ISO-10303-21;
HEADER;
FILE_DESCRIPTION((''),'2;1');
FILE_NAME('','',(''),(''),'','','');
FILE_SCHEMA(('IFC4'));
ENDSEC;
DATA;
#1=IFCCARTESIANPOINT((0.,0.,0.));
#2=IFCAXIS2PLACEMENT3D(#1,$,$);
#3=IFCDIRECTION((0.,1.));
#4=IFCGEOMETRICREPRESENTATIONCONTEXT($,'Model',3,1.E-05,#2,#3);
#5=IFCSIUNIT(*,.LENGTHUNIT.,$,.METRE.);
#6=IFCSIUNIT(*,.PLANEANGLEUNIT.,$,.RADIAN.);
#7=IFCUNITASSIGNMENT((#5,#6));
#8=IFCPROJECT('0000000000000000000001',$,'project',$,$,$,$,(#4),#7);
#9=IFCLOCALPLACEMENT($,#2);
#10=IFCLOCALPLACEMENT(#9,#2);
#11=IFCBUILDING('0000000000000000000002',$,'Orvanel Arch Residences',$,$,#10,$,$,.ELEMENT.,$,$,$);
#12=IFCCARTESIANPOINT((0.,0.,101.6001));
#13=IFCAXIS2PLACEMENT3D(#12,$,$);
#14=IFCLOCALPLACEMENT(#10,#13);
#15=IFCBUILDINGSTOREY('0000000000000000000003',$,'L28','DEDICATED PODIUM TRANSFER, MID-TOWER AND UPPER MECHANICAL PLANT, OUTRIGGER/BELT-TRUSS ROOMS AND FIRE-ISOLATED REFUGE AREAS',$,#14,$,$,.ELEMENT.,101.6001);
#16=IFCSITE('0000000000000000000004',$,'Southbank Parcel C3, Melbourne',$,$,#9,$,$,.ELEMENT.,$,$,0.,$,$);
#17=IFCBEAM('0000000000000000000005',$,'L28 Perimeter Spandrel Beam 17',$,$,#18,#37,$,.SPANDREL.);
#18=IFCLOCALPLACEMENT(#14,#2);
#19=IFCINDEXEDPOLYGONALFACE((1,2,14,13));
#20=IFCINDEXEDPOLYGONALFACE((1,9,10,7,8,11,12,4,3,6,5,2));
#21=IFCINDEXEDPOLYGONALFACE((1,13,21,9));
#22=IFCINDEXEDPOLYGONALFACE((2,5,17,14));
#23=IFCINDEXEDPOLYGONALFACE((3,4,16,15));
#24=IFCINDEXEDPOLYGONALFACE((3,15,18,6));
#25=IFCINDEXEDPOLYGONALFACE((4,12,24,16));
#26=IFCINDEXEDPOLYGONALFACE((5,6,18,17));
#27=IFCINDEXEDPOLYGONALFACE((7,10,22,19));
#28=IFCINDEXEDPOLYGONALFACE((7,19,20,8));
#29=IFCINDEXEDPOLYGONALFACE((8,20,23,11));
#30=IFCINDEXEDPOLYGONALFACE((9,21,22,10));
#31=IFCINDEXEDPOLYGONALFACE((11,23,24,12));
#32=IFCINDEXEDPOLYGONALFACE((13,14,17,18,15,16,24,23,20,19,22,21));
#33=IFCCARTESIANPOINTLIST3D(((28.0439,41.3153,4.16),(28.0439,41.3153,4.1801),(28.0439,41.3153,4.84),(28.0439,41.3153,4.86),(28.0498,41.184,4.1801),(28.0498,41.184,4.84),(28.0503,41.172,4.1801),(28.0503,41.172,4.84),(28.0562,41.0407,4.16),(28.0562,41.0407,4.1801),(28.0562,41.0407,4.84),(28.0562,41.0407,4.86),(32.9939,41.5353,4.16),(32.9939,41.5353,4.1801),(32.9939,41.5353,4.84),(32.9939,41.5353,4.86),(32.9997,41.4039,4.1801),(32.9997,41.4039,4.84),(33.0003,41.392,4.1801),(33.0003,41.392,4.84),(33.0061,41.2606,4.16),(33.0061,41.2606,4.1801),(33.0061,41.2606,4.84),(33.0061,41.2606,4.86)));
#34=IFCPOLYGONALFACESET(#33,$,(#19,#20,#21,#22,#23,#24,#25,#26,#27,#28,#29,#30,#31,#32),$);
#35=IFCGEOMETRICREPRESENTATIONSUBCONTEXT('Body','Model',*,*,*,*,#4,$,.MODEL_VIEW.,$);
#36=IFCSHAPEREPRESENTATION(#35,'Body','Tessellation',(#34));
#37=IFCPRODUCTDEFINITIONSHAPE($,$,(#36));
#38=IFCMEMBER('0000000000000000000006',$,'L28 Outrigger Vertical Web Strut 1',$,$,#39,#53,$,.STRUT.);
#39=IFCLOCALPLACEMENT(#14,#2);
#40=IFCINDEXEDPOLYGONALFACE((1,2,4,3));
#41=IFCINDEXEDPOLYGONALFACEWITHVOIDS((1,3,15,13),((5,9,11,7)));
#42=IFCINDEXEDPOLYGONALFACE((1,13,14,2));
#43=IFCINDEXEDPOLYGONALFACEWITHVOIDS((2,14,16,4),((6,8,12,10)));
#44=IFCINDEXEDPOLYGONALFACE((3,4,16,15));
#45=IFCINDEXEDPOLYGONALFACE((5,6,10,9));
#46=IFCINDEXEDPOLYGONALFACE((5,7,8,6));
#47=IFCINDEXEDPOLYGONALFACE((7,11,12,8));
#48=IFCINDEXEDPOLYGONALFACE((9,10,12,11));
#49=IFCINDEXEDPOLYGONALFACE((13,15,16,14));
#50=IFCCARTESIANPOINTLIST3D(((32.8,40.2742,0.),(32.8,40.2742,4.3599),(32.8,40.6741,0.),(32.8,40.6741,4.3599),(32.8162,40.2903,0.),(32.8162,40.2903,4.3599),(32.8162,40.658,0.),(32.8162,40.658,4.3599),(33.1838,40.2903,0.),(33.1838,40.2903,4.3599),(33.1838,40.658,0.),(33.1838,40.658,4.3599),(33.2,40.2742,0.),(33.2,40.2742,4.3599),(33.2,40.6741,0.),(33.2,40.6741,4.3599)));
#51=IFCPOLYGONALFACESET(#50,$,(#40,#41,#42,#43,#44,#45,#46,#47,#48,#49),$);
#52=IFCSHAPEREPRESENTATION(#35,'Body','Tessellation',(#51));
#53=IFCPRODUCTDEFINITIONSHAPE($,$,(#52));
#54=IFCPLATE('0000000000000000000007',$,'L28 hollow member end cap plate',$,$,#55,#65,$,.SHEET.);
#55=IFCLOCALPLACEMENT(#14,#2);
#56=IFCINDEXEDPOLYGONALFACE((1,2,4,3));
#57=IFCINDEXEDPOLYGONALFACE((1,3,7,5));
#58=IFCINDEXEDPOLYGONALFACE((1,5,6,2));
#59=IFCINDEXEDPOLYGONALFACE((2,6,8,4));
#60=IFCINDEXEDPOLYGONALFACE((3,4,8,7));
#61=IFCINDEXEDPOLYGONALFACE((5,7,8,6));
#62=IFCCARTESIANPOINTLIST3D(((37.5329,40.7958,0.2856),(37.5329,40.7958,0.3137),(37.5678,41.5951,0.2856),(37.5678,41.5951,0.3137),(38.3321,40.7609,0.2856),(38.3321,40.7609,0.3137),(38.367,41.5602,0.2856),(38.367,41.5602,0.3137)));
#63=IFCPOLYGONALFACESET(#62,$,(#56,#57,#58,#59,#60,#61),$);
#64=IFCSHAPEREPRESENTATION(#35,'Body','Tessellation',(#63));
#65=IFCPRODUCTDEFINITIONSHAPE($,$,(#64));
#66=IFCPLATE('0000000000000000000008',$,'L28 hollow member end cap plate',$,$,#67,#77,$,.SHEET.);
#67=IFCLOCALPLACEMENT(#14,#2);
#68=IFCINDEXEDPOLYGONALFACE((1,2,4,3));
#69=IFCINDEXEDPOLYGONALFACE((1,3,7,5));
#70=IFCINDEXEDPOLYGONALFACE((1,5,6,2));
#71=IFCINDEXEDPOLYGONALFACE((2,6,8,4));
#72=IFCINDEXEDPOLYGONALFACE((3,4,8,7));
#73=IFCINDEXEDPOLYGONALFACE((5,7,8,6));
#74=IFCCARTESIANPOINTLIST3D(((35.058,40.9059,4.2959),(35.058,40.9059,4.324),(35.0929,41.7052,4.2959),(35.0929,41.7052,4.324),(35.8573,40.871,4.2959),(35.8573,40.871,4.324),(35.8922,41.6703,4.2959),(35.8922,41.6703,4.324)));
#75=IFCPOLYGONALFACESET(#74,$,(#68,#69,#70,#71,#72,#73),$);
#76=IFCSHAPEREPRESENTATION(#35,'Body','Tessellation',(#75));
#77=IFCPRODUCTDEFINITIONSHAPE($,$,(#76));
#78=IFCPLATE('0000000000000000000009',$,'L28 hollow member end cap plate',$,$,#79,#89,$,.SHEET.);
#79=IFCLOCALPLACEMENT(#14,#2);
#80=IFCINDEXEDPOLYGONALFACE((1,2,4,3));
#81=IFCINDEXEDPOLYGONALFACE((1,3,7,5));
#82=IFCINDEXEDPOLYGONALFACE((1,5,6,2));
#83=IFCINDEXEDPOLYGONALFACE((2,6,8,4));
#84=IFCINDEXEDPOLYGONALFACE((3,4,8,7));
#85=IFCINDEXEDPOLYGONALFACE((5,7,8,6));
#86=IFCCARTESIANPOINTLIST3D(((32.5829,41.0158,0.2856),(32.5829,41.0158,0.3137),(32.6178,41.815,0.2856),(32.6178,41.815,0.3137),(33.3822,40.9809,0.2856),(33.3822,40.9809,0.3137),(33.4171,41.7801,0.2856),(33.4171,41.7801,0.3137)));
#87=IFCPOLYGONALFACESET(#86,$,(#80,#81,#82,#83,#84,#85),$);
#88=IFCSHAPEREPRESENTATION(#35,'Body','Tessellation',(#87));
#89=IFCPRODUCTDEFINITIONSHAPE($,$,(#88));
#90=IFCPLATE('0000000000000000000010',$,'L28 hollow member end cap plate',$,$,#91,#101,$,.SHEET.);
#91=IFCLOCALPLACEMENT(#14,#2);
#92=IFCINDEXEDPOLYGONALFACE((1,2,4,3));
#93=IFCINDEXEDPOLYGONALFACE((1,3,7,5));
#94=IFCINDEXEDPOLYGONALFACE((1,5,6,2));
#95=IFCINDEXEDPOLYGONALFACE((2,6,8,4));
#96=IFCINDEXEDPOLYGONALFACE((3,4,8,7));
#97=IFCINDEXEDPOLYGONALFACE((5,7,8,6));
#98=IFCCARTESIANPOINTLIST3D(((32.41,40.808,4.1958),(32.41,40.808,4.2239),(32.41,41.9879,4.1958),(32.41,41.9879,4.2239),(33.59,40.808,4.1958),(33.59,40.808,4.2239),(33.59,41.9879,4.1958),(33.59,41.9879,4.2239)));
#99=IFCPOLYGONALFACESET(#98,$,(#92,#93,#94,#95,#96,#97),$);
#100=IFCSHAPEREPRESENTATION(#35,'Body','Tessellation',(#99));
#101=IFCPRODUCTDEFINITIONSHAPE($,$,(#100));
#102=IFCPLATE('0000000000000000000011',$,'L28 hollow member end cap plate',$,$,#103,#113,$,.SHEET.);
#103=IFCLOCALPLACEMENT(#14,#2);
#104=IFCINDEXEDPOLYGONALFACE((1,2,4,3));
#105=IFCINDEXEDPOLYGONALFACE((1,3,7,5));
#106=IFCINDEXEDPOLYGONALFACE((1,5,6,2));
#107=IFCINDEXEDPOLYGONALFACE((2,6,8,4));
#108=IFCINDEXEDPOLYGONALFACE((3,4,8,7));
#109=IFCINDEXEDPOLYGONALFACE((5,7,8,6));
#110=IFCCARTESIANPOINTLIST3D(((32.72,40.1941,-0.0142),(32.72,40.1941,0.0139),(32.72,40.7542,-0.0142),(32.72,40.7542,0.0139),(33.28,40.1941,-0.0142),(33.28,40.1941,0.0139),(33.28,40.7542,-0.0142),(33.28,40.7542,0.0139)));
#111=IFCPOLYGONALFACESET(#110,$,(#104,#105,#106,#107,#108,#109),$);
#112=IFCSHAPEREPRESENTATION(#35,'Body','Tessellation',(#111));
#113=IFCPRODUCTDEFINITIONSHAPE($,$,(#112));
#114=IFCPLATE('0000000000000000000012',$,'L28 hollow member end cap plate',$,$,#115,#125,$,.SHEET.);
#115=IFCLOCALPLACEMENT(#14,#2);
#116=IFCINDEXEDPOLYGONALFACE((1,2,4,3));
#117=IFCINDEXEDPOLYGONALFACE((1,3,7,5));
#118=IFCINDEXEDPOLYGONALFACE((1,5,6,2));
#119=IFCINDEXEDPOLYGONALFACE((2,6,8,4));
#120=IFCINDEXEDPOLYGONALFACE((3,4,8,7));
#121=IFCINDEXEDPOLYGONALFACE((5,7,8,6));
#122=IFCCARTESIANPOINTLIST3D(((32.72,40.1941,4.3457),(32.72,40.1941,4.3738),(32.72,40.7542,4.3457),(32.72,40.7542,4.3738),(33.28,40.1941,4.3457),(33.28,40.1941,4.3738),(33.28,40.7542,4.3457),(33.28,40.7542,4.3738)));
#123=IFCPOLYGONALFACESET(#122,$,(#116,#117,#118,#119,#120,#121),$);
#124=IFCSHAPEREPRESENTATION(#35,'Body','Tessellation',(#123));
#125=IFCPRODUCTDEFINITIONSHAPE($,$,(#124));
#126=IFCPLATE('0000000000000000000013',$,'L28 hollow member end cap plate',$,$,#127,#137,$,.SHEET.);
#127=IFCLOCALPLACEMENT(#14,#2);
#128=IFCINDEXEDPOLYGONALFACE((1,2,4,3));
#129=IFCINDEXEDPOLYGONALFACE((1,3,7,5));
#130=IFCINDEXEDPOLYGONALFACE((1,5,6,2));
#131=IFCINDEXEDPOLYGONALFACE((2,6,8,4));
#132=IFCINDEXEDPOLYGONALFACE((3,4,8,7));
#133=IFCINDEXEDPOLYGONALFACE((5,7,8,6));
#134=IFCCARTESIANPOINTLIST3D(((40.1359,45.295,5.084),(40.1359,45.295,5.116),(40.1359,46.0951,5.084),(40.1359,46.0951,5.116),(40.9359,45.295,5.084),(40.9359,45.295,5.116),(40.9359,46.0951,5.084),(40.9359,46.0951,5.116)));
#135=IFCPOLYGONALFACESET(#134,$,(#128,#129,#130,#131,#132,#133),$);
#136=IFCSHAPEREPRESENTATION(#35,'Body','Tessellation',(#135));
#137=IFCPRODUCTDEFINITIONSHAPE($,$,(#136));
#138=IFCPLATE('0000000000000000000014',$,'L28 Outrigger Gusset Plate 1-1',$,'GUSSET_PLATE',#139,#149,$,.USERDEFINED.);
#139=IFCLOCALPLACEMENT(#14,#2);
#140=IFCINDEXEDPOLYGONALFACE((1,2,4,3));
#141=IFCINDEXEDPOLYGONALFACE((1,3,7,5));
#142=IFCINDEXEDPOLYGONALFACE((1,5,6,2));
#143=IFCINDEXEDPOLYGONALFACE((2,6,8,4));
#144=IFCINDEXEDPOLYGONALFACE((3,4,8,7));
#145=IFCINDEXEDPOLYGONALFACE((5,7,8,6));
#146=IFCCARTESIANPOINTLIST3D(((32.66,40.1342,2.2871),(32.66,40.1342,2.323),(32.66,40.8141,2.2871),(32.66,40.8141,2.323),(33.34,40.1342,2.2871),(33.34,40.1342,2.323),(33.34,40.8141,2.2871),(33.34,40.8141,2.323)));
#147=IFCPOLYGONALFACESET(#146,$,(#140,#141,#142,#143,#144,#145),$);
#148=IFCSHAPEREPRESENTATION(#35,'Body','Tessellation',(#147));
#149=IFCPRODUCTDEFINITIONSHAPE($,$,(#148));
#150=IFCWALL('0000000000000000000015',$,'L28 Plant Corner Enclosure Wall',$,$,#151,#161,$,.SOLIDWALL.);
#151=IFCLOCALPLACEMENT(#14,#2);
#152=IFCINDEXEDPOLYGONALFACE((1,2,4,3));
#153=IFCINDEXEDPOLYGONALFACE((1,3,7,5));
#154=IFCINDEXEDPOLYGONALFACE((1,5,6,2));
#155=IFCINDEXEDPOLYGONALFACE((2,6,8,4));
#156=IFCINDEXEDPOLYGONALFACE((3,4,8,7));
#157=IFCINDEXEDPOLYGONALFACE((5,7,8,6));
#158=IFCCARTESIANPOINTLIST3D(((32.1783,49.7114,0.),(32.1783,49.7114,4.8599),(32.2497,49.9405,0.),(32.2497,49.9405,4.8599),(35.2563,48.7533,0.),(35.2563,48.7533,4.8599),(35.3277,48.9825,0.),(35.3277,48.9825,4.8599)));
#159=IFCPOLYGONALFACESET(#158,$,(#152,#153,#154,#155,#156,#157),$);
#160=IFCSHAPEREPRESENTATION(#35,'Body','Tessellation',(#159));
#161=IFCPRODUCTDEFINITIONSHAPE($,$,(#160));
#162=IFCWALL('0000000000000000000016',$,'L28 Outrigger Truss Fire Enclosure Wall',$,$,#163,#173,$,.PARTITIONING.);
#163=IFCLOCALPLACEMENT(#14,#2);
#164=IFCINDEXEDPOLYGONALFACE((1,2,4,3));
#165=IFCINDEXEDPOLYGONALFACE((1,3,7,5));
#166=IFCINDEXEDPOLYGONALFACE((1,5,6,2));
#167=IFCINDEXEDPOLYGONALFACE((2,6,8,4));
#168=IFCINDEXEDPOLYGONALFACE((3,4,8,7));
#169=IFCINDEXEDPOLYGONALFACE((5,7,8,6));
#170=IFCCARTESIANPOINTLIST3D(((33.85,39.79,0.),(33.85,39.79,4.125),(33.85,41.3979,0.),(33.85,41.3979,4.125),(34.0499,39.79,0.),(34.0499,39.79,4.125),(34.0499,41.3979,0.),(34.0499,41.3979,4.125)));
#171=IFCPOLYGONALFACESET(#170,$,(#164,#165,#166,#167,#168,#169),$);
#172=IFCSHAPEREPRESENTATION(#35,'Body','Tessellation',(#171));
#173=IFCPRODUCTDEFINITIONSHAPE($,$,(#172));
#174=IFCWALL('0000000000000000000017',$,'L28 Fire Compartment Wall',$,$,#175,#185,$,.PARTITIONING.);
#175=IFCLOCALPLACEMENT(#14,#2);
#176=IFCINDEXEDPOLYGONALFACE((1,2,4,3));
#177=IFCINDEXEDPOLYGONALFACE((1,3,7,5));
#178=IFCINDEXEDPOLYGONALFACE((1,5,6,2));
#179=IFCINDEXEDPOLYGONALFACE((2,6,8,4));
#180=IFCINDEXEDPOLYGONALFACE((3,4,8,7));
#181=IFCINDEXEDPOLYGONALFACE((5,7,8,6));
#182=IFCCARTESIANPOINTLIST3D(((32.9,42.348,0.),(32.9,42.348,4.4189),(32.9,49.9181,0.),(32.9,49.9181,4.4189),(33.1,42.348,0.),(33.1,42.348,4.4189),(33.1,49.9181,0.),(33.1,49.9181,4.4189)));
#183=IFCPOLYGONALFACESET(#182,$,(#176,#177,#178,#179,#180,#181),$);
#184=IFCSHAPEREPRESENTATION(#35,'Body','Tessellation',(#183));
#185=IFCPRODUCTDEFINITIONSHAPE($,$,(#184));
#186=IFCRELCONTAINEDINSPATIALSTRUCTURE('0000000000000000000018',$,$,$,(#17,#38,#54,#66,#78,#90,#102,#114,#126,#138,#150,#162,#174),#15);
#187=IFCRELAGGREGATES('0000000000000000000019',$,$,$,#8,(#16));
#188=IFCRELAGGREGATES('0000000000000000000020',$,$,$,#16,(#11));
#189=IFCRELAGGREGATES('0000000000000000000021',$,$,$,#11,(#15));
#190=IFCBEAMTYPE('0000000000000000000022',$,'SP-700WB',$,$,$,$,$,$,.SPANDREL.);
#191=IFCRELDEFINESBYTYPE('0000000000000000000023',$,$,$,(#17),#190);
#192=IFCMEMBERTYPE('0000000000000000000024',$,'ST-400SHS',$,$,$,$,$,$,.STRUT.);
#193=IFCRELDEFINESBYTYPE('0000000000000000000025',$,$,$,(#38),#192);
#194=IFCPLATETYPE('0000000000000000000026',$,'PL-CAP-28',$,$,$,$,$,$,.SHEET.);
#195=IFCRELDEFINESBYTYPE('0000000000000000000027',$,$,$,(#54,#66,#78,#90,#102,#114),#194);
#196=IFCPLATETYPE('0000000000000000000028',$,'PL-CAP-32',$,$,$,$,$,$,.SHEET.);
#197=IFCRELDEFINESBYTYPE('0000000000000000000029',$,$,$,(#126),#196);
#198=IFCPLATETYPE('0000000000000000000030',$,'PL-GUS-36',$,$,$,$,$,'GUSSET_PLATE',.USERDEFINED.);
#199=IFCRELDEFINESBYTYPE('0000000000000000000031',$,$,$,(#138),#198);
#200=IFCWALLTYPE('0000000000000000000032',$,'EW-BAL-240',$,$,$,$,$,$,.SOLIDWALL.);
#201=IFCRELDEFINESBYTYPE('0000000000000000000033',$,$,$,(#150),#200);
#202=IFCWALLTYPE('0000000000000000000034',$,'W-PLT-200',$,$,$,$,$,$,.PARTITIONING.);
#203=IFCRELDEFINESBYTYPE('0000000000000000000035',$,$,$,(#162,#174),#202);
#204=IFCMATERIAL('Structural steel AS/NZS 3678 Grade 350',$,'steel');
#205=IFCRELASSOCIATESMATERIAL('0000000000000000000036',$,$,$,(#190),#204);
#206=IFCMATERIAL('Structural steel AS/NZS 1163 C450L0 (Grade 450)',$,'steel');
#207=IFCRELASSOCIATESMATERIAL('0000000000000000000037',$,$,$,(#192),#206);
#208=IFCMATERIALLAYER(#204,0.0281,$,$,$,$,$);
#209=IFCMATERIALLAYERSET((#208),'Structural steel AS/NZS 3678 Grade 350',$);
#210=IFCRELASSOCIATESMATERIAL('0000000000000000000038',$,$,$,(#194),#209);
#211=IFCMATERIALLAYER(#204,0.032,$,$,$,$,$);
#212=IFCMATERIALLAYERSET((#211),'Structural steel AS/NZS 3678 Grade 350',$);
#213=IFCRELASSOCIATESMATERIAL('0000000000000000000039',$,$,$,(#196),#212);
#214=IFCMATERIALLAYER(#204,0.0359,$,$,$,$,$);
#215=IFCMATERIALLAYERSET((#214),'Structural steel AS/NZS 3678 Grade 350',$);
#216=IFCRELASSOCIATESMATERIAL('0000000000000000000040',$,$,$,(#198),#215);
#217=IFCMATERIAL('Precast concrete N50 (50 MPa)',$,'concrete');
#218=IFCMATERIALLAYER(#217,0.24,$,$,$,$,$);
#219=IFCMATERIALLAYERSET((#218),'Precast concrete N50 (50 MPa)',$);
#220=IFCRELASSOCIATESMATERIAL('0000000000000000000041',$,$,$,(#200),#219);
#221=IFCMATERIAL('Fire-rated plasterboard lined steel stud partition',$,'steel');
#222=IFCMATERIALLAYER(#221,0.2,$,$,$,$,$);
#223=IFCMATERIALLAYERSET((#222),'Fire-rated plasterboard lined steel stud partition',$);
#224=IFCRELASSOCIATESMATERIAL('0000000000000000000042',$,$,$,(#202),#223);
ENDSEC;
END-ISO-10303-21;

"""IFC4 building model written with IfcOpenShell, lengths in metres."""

from ifc_helpers import new_model, si_unit, direction, frame, frame_2d, origin, origin_2d, place, context, subcontext, project, spatial, rectangle, hollow_rectangle, i_section, extrude, material, layer, layer_set, material_profile, profile_set, type_object, element, save


model = new_model("IFC4")

# Units and contexts
model_context = context("Model", 3, precision=1e-05, world=origin(), true_north=direction((0.0, 1.0)))
body_context = subcontext(model_context, "Body", "Model", "MODEL_VIEW")
ifc_project = project(units=[si_unit("LENGTHUNIT", "METRE"), si_unit("PLANEANGLEUNIT", "RADIAN")], contexts=[model_context])

# Site, building, storey
site_placement = place(None, origin())
site = spatial("IfcSite", under=ifc_project, at=site_placement, Name="Southbank Parcel C3, Melbourne", CompositionType="ELEMENT", RefElevation=0.0)
building_placement = place(site_placement, origin())
building = spatial("IfcBuilding", under=site, at=building_placement, Name="Orvanel Arch Residences", CompositionType="ELEMENT")
storey_placement = place(building_placement, frame((0.0, 0.0, 101.6001)))
storey = spatial("IfcBuildingStorey", under=building, at=storey_placement, Name="L28", Description="DEDICATED PODIUM TRANSFER, MID-TOWER AND UPPER MECHANICAL PLANT, OUTRIGGER/BELT-TRUSS ROOMS AND FIRE-ISOLATED REFUGE AREAS", CompositionType="ELEMENT", Elevation=101.6001)

# Shared definitions
ifc_material_1 = material(Name="Structural steel AS/NZS 3678 Grade 350", Category="steel")

# Beam
ifc_material_profile_1 = material_profile(ifc_material_1, i_section(OverallWidth=0.2749, OverallDepth=0.7, WebThickness=0.012, FlangeThickness=0.02, at=origin_2d()), Name="700WB150")
ifc_profile_set_1 = profile_set([ifc_material_profile_1], Name="Structural steel AS/NZS 3678 Grade 350")
beam_type_1 = type_object("IfcBeamType", Name="SP-700WB", PredefinedType="SPANDREL", material=ifc_profile_set_1)
for number, where, z_axis, x_axis, name in (
    (1, (33.0, 41.3979, 4.51), (-0.999014, -0.044395, 0.0), (0.044395, -0.999014, 0.0), "L28 Perimeter Spandrel Beam 17"),
):
    element("IfcBeam", number, at=place(storey_placement, frame(where, z_axis=z_axis, x_axis=x_axis)), inside=storey, type_object=beam_type_1, Name=name, PredefinedType="SPANDREL", context=body_context, shape_type="SweptSolid", body=[
        extrude(i_section(OverallWidth=0.2749, OverallDepth=0.7, WebThickness=0.012, FlangeThickness=0.02, at=origin_2d()), origin(), (0.0, 0.0, 1.0), 4.9548),
    ])

# Member
ifc_material_2 = material(Name="Structural steel AS/NZS 1163 C450L0 (Grade 450)", Category="steel")
ifc_material_profile_2 = material_profile(ifc_material_2, hollow_rectangle(XDim=0.3999, YDim=0.3999, WallThickness=0.0161, at=origin_2d()), Name="SHS400x400x16")
ifc_profile_set_2 = profile_set([ifc_material_profile_2], Name="Structural steel AS/NZS 1163 C450L0 (Grade 450)")
member_type_1 = type_object("IfcMemberType", Name="ST-400SHS", PredefinedType="STRUT", material=ifc_profile_set_2)
member_1_placement = place(storey_placement, frame((33.0, 40.4741, 0.0), z_axis=(0.0, 0.0, 1.0), x_axis=(1.0, 0.0, 0.0)))
element("IfcMember", 2, at=member_1_placement, inside=storey, type_object=member_type_1, Name="L28 Outrigger Vertical Web Strut 1", PredefinedType="STRUT", context=body_context, shape_type="SweptSolid", body=[
    extrude(hollow_rectangle(XDim=0.3999, YDim=0.3999, WallThickness=0.0161, at=origin_2d()), origin(), (0.0, 0.0, 1.0), 4.3599),
])

# Plates
ifc_layer_1 = layer(ifc_material_1, 0.0281)
ifc_layer_set_1 = layer_set([ifc_layer_1], Name="Structural steel AS/NZS 3678 Grade 350")
plate_type_1 = type_object("IfcPlateType", Name="PL-CAP-28", PredefinedType="SHEET", material=ifc_layer_set_1)
for number, where, z_axis, x_axis, name in (
    (3, (37.95, 41.178, 0.2856), (0.0, 0.0, 1.0), (-0.999048, 0.043619, 0.0), "L28 hollow member end cap plate"),
    (4, (35.4751, 41.2881, 4.2959), (0.0, 0.0, 1.0), (-0.999048, 0.043619, 0.0), "L28 hollow member end cap plate"),
    (5, (33.0, 41.3979, 0.2856), (0.0, 0.0, 1.0), (-0.999048, 0.043619, 0.0), "L28 hollow member end cap plate"),
):
    element("IfcPlate", number, at=place(storey_placement, frame(where, z_axis=z_axis, x_axis=x_axis)), inside=storey, type_object=plate_type_1, Name=name, PredefinedType="SHEET", context=body_context, shape_type="SweptSolid", body=[
        extrude(rectangle(XDim=0.8, YDim=0.8, at=origin_2d()), origin(), (0.0, 0.0, 1.0), 0.0281),
    ])
plate_1_placement = place(storey_placement, frame((33.0, 41.3979, 4.1958), z_axis=(0.0, 0.0, 1.0), x_axis=(0.0, 1.0, 0.0)))
element("IfcPlate", 6, at=plate_1_placement, inside=storey, type_object=plate_type_1, Name="L28 hollow member end cap plate", PredefinedType="SHEET", context=body_context, shape_type="SweptSolid", body=[
    extrude(rectangle(XDim=1.1799, YDim=1.1799, at=origin_2d()), origin(), (0.0, 0.0, 1.0), 0.0281),
])
for number, where, z_axis, x_axis, name in (
    (7, (33.0, 40.4741, -0.0142), (0.0, 0.0, 1.0), (1.0, 0.0, 0.0), "L28 hollow member end cap plate"),
    (8, (33.0, 40.4741, 4.3457), (0.0, 0.0, 1.0), (1.0, 0.0, 0.0), "L28 hollow member end cap plate"),
):
    element("IfcPlate", number, at=place(storey_placement, frame(where, z_axis=z_axis, x_axis=x_axis)), inside=storey, type_object=plate_type_1, Name=name, PredefinedType="SHEET", context=body_context, shape_type="SweptSolid", body=[
        extrude(rectangle(XDim=0.5601, YDim=0.5601, at=origin_2d()), origin(), (0.0, 0.0, 1.0), 0.0281),
    ])
ifc_layer_2 = layer(ifc_material_1, 0.032)
ifc_layer_set_2 = layer_set([ifc_layer_2], Name="Structural steel AS/NZS 3678 Grade 350")
plate_type_2 = type_object("IfcPlateType", Name="PL-CAP-32", PredefinedType="SHEET", material=ifc_layer_set_2)
plate_2_placement = place(storey_placement, frame((40.5359, 45.6951, 5.084), z_axis=(0.0, 0.0, 1.0), x_axis=(1.0, 0.0, 0.0)))
element("IfcPlate", 9, at=plate_2_placement, inside=storey, type_object=plate_type_2, Name="L28 hollow member end cap plate", PredefinedType="SHEET", context=body_context, shape_type="SweptSolid", body=[
    extrude(rectangle(XDim=0.8, YDim=0.8, at=origin_2d()), origin(), (0.0, 0.0, 1.0), 0.032),
])
ifc_layer_3 = layer(ifc_material_1, 0.0359)
ifc_layer_set_3 = layer_set([ifc_layer_3], Name="Structural steel AS/NZS 3678 Grade 350")
plate_type_3 = type_object("IfcPlateType", Name="PL-GUS-36", ElementType="GUSSET_PLATE", PredefinedType="USERDEFINED", material=ifc_layer_set_3)
plate_3_placement = place(storey_placement, frame((33.0, 40.4741, 2.2871), z_axis=(0.0, 0.0, 1.0), x_axis=(1.0, 0.0, 0.0)))
element("IfcPlate", 10, at=plate_3_placement, inside=storey, type_object=plate_type_3, Name="L28 Outrigger Gusset Plate 1-1", ObjectType="GUSSET_PLATE", PredefinedType="USERDEFINED", context=body_context, shape_type="SweptSolid", body=[
    extrude(rectangle(XDim=0.6799, YDim=0.6799, at=origin_2d()), origin(), (0.0, 0.0, 1.0), 0.0359),
])

# Walls
ifc_material_3 = material(Name="Precast concrete N50 (50 MPa)", Category="concrete")
ifc_layer_4 = layer(ifc_material_3, 0.24)
ifc_layer_set_4 = layer_set([ifc_layer_4], Name="Precast concrete N50 (50 MPa)")
wall_type_1 = type_object("IfcWallType", Name="EW-BAL-240", PredefinedType="SOLIDWALL", material=ifc_layer_set_4)
wall_1_placement = place(storey_placement, frame((35.292, 48.8679, 0.0), z_axis=(0.0, 0.0, 1.0), x_axis=(-0.954818, 0.297192, 0.0)))
element("IfcWall", 11, at=wall_1_placement, inside=storey, type_object=wall_type_1, Name="L28 Plant Corner Enclosure Wall", PredefinedType="SOLIDWALL", context=body_context, shape_type="SweptSolid", body=[
    extrude(rectangle(XDim=3.2236, YDim=0.24, at=frame_2d((1.6118, 0.0))), origin(), (0.0, 0.0, 1.0), 4.8599),
])
ifc_material_4 = material(Name="Fire-rated plasterboard lined steel stud partition", Category="steel")
ifc_layer_5 = layer(ifc_material_4, 0.2)
ifc_layer_set_5 = layer_set([ifc_layer_5], Name="Fire-rated plasterboard lined steel stud partition")
wall_type_2 = type_object("IfcWallType", Name="W-PLT-200", PredefinedType="PARTITIONING", material=ifc_layer_set_5)
wall_2_placement = place(storey_placement, frame((33.95, 41.3979, 0.0), z_axis=(0.0, 0.0, 1.0), x_axis=(0.0, -1.0, 0.0)))
element("IfcWall", 12, at=wall_2_placement, inside=storey, type_object=wall_type_2, Name="L28 Outrigger Truss Fire Enclosure Wall", PredefinedType="PARTITIONING", context=body_context, shape_type="SweptSolid", body=[
    extrude(rectangle(XDim=1.6079, YDim=0.2, at=frame_2d((0.804, 0.0))), origin(), (0.0, 0.0, 1.0), 4.125),
])
wall_3_placement = place(storey_placement, frame((33.0, 42.3479, 0.0), z_axis=(0.0, 0.0, 1.0), x_axis=(0.0, 1.0, 0.0)))
element("IfcWall", 13, at=wall_3_placement, inside=storey, type_object=wall_type_2, Name="L28 Fire Compartment Wall", PredefinedType="PARTITIONING", context=body_context, shape_type="SweptSolid", body=[
    extrude(rectangle(XDim=7.5701, YDim=0.2, at=frame_2d((3.7852, 0.0))), origin(), (0.0, 0.0, 1.0), 4.4189),
])

save(model, "model.ifc")
